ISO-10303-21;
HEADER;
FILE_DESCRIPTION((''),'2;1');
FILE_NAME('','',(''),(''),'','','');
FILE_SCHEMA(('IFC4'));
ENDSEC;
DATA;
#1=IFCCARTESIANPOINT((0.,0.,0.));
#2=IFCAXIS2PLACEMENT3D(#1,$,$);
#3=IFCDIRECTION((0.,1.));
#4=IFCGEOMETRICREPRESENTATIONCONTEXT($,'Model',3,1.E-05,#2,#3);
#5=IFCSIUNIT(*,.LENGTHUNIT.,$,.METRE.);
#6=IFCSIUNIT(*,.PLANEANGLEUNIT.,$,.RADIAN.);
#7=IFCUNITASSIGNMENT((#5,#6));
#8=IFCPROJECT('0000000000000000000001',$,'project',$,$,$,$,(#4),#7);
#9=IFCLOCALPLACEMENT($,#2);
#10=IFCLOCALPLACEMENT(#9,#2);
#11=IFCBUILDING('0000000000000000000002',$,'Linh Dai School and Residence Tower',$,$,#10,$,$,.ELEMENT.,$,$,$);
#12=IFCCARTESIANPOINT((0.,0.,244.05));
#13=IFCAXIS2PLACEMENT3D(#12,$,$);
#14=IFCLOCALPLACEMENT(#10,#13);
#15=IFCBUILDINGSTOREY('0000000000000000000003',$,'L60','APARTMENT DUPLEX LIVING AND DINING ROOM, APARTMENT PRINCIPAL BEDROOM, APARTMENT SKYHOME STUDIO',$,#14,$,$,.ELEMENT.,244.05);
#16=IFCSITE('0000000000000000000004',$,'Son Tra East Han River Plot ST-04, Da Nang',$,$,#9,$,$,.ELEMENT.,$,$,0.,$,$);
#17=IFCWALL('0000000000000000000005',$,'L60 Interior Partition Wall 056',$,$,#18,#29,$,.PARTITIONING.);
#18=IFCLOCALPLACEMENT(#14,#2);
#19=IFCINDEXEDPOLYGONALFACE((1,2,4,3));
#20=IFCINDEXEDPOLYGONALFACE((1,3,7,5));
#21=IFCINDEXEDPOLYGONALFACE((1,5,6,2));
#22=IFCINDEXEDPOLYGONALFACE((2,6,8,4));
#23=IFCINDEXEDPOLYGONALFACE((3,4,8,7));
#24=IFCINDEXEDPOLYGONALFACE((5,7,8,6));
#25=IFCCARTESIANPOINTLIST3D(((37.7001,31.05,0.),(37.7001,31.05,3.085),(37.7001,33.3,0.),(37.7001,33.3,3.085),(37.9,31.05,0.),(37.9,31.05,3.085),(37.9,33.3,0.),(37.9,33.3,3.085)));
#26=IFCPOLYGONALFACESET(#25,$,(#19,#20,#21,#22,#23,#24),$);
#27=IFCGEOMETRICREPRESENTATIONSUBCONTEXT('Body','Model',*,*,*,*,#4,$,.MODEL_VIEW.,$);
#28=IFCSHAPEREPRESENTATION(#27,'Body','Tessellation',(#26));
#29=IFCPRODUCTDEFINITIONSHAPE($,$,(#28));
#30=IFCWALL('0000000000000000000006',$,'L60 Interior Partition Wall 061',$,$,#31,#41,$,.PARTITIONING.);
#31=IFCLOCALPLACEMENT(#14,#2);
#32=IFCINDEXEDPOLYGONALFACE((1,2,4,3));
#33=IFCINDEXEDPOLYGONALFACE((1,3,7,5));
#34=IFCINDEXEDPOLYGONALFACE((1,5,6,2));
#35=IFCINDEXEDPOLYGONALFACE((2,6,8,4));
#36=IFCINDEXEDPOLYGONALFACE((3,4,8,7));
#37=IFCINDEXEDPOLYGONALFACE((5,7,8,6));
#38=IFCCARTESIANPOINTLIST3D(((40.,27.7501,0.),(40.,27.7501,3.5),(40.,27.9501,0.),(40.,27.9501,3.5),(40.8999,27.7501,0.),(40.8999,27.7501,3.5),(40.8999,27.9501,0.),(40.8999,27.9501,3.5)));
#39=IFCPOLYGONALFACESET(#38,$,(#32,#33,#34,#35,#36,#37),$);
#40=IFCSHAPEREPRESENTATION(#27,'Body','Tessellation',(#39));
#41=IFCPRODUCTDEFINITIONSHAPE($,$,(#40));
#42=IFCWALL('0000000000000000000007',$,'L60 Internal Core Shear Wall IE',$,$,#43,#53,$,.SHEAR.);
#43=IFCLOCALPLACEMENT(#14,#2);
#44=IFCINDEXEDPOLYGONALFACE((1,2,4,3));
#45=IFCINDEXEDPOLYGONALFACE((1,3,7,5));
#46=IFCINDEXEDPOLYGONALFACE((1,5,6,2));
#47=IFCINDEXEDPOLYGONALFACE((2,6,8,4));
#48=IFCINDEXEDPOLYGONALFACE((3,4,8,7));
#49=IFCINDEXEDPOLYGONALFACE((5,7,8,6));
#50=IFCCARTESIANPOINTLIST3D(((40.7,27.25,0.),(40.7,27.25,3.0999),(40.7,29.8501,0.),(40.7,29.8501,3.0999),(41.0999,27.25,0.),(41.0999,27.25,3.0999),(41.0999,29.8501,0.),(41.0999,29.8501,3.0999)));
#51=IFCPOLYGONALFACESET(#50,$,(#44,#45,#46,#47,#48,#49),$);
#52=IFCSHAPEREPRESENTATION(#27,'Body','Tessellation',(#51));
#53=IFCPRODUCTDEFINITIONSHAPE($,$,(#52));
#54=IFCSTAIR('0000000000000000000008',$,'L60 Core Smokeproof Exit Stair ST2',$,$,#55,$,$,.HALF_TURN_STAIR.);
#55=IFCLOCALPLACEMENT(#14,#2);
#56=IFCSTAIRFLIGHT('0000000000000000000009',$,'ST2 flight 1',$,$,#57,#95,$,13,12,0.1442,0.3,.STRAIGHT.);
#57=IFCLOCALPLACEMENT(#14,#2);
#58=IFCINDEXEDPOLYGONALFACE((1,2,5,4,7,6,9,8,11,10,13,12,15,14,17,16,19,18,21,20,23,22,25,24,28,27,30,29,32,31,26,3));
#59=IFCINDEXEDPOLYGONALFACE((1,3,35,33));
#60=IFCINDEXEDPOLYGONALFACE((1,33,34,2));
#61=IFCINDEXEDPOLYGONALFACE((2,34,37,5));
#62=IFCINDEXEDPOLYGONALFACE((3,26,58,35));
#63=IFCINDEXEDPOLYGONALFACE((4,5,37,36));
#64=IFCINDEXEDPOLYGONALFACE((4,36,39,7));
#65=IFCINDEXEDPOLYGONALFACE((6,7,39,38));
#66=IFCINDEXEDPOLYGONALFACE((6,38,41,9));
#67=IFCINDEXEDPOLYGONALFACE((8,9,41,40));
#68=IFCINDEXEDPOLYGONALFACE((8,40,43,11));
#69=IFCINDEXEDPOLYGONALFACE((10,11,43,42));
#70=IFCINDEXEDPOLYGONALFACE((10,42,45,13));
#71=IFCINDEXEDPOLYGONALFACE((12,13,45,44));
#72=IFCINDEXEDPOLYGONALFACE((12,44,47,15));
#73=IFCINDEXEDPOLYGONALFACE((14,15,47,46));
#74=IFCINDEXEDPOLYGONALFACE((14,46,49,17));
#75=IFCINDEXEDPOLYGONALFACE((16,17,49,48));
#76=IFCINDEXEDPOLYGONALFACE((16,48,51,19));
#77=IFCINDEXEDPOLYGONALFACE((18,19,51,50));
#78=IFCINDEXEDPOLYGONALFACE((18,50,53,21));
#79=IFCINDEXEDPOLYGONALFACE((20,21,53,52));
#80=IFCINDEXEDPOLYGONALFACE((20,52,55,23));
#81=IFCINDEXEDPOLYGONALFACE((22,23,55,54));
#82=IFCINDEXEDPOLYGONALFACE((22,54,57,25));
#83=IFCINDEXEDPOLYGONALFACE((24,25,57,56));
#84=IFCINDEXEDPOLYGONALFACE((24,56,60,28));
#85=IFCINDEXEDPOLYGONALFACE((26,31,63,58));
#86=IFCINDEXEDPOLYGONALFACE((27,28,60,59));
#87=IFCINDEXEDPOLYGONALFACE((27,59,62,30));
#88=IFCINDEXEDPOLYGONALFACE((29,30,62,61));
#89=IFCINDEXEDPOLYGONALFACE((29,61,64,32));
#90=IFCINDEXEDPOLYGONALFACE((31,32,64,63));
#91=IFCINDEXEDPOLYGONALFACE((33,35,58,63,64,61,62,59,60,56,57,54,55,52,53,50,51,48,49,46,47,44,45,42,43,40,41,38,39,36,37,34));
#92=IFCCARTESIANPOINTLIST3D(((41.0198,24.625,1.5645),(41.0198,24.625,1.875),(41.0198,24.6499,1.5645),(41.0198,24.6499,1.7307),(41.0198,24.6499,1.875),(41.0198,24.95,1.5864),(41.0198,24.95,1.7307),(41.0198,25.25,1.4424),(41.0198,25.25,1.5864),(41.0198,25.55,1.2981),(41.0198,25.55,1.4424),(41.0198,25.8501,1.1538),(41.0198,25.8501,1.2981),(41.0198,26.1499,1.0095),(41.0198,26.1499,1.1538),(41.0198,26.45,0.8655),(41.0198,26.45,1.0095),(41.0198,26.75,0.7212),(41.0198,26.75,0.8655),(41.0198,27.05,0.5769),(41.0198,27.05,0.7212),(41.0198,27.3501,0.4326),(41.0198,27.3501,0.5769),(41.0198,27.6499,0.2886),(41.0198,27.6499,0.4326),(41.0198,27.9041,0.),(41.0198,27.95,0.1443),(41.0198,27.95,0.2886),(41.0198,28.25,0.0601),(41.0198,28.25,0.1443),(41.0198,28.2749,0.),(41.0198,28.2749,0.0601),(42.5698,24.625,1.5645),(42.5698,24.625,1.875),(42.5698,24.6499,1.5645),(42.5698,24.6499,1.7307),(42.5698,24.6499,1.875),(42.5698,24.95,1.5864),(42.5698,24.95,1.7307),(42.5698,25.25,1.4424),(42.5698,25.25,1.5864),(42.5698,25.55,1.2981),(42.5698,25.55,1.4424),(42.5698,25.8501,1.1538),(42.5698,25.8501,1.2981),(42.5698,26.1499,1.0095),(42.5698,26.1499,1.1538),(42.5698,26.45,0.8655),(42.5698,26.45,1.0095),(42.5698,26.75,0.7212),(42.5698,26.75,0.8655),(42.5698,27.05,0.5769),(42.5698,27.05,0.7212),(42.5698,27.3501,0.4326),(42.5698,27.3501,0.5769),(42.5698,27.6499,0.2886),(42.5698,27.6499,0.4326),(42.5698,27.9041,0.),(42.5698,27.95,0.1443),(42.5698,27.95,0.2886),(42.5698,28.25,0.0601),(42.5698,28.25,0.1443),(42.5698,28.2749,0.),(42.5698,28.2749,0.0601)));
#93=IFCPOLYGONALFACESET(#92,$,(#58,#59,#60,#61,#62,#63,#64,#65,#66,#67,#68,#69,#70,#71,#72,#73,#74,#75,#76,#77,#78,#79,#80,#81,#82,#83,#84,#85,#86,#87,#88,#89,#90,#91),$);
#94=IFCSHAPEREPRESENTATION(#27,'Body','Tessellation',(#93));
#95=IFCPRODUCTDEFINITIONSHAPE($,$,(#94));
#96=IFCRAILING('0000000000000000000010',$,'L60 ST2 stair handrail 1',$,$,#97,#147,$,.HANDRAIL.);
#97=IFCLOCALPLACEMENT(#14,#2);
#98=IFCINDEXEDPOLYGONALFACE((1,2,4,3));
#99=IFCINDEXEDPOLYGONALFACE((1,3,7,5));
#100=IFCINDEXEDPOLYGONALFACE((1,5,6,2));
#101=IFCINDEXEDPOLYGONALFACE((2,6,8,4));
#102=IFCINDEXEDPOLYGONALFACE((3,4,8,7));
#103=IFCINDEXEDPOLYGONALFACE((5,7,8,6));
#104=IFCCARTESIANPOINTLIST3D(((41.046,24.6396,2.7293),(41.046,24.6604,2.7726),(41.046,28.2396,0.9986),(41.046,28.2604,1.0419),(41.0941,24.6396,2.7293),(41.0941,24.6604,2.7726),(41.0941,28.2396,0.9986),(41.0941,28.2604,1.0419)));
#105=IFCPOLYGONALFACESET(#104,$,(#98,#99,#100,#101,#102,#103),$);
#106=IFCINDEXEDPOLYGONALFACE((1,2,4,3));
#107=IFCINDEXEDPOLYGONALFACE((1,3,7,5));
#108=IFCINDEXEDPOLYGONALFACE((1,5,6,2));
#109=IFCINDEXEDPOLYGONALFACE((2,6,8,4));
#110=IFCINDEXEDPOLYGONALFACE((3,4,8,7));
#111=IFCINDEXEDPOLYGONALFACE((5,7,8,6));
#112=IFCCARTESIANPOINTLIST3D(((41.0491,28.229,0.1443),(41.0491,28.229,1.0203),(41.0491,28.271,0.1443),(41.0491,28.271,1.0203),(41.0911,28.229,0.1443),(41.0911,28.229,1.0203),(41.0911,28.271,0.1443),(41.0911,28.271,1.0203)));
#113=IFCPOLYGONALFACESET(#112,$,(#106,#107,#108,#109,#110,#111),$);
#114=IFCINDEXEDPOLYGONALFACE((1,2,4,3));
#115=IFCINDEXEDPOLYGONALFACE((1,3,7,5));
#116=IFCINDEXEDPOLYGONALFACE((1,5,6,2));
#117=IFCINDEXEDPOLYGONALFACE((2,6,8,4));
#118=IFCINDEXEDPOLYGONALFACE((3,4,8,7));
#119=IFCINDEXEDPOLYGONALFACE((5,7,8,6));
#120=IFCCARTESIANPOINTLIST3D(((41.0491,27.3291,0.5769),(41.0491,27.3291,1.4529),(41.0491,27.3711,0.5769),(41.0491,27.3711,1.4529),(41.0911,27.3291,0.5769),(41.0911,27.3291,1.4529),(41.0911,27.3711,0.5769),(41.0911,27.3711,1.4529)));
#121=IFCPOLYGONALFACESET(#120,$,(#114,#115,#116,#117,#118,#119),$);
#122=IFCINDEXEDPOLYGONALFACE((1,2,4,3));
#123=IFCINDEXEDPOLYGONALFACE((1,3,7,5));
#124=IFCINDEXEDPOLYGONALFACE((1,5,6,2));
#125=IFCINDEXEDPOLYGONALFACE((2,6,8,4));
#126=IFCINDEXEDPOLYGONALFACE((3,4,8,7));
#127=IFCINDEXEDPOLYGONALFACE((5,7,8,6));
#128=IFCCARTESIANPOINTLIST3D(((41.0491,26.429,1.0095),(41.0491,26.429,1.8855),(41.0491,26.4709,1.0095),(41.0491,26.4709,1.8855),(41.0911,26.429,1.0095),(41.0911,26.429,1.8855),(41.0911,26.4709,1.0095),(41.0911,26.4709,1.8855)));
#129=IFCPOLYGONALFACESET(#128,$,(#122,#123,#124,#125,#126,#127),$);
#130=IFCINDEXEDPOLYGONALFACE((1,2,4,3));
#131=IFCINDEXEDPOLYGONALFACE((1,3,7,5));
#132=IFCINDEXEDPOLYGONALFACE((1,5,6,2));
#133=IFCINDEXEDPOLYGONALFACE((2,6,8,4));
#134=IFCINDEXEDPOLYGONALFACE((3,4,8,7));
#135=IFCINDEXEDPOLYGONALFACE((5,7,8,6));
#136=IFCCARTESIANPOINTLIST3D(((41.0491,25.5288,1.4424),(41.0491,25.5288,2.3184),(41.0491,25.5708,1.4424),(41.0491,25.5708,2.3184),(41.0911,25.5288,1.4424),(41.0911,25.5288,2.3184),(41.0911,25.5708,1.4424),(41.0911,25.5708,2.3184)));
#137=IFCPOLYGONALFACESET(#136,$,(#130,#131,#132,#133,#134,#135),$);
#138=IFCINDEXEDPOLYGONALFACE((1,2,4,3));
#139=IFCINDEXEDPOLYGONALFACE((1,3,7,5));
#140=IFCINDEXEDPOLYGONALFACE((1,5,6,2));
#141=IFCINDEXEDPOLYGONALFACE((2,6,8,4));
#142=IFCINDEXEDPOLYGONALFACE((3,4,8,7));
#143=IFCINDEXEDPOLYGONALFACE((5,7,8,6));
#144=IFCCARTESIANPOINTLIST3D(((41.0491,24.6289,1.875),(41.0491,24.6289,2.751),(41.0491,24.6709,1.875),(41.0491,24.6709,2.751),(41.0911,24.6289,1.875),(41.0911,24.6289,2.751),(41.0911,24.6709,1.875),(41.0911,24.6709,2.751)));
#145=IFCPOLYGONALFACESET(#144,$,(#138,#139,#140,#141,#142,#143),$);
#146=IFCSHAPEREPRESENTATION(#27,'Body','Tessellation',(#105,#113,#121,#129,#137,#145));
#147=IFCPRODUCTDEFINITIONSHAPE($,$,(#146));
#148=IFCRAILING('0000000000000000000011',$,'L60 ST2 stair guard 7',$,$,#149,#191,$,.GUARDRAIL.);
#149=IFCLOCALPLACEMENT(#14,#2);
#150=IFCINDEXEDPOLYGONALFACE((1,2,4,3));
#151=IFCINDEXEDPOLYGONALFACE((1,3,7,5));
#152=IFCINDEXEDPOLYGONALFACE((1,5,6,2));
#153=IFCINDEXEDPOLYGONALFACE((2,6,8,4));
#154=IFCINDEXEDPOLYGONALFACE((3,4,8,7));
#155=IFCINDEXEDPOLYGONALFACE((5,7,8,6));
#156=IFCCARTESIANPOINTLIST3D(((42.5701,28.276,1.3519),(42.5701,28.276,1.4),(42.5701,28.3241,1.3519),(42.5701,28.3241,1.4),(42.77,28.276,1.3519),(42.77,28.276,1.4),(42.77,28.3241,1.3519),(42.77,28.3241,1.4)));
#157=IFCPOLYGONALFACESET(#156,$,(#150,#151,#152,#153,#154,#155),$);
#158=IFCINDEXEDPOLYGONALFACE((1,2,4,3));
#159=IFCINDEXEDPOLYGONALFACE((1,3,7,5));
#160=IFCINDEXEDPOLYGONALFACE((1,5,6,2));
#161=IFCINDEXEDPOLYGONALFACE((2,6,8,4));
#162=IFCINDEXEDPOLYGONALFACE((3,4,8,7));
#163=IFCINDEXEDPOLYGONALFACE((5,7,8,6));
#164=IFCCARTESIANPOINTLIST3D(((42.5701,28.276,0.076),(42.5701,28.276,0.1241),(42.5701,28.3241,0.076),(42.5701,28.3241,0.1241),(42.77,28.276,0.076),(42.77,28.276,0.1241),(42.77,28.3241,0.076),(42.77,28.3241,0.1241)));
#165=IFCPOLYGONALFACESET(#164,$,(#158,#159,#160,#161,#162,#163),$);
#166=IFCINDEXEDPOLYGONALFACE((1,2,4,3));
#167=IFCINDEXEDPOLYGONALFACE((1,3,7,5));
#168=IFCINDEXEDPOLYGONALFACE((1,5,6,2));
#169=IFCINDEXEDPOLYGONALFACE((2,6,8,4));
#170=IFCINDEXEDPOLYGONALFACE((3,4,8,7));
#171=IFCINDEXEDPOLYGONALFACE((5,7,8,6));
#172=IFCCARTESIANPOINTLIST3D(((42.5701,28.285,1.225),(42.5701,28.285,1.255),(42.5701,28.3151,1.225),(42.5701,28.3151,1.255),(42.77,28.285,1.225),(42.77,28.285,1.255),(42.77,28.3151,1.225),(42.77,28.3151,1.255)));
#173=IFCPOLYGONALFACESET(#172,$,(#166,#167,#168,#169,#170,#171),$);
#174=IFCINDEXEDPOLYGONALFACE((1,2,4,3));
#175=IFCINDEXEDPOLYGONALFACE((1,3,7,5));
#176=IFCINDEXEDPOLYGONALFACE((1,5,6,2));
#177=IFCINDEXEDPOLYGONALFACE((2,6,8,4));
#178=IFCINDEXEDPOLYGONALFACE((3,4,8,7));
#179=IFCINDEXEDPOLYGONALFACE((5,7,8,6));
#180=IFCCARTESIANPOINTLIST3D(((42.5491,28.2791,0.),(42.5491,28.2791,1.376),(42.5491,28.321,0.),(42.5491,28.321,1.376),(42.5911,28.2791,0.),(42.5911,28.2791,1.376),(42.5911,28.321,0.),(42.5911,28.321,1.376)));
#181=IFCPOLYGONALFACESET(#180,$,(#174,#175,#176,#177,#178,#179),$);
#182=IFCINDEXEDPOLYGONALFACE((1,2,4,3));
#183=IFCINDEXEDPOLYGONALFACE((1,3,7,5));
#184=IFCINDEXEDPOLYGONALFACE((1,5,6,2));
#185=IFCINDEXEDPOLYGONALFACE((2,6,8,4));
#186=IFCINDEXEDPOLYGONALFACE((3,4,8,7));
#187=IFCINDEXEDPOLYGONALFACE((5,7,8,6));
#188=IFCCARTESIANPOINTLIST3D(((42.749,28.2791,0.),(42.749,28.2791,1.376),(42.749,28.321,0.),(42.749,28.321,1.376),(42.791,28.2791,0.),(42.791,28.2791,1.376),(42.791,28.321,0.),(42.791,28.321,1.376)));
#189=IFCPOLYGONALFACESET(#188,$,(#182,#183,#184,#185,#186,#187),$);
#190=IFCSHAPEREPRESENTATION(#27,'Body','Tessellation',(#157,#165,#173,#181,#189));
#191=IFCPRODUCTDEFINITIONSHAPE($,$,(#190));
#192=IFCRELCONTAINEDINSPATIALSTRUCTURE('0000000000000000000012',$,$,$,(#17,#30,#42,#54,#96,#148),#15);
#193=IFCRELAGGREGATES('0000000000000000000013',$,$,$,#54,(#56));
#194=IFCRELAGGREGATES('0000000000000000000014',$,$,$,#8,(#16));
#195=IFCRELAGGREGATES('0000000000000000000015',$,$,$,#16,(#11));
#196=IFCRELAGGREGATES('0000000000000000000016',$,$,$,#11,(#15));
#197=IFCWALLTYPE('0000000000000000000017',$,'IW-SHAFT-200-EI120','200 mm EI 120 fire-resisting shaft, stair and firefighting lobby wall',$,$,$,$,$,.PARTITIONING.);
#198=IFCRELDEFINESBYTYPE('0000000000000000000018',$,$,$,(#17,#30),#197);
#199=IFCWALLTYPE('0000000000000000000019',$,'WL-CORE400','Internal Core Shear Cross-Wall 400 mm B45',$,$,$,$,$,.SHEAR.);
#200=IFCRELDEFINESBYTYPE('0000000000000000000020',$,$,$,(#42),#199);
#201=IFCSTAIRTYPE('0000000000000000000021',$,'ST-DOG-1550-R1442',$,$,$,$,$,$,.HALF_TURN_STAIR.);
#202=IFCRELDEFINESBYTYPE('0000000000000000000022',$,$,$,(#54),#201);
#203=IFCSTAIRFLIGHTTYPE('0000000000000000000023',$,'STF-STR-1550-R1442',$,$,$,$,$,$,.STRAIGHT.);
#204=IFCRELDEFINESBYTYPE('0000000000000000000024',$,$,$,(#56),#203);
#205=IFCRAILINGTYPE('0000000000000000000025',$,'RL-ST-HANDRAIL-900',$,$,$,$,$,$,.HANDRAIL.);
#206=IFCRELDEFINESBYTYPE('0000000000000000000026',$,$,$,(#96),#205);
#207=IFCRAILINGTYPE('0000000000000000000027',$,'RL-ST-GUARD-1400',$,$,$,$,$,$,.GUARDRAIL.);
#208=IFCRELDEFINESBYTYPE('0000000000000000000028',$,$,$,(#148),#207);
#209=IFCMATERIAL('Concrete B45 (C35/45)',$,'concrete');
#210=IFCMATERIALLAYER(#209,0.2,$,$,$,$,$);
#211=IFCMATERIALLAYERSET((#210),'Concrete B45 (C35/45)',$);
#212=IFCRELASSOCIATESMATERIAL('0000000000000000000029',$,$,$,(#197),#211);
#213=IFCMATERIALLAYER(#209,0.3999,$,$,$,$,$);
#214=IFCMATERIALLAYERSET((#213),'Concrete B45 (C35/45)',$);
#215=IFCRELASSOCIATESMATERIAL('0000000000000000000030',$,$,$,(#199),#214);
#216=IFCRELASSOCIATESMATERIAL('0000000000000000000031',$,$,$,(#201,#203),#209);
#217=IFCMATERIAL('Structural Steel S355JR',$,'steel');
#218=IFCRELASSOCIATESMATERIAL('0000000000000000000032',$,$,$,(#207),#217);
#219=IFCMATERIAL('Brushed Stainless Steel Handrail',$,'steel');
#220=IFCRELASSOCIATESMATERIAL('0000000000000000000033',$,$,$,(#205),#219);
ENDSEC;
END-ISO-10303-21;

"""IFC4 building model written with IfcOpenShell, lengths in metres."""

from ifc_helpers import new_model, si_unit, direction, frame, frame_2d, origin, origin_2d, place, context, subcontext, project, spatial, polyline, rectangle, outline, extrude, source, transform, mapped, material, layer, layer_set, type_object, element, aggregate, save


model = new_model("IFC4")

# Units and contexts
model_context = context("Model", 3, precision=1e-05, world=origin(), true_north=direction((0.0, 1.0)))
body_context = subcontext(model_context, "Body", "Model", "MODEL_VIEW")
ifc_project = project(units=[si_unit("LENGTHUNIT", "METRE"), si_unit("PLANEANGLEUNIT", "RADIAN")], contexts=[model_context])

# Site, building, storey
site_placement = place(None, origin())
site = spatial("IfcSite", under=ifc_project, at=site_placement, Name="Son Tra East Han River Plot ST-04, Da Nang", CompositionType="ELEMENT", RefElevation=0.0)
building_placement = place(site_placement, origin())
building = spatial("IfcBuilding", under=site, at=building_placement, Name="Linh Dai School and Residence Tower", CompositionType="ELEMENT")
storey_placement = place(building_placement, frame((0.0, 0.0, 244.05)))
storey = spatial("IfcBuildingStorey", under=building, at=storey_placement, Name="L60", Description="APARTMENT DUPLEX LIVING AND DINING ROOM, APARTMENT PRINCIPAL BEDROOM, APARTMENT SKYHOME STUDIO", CompositionType="ELEMENT", Elevation=244.05)

# Shared definitions
ifc_material_1 = material(Name="Structural Steel S355JR", Category="steel")

# Shared definitions
ifc_material_2 = material(Name="Concrete B45 (C35/45)", Category="concrete")
ifc_layer_1 = layer(ifc_material_2, 0.2)
ifc_layer_set_1 = layer_set([ifc_layer_1], Name="Concrete B45 (C35/45)")
wall_type_1 = type_object("IfcWallType", Name="IW-SHAFT-200-EI120", Description="200 mm EI 120 fire-resisting shaft, stair and firefighting lobby wall", PredefinedType="PARTITIONING", material=ifc_layer_set_1)

# Walls
wall_1_placement = place(storey_placement, frame((37.8, 31.05, 0.0), z_axis=(0.0, 0.0, 1.0), x_axis=(0.0, 1.0, 0.0)))
element("IfcWall", 1, at=wall_1_placement, inside=storey, type_object=wall_type_1, Name="L60 Interior Partition Wall 056", PredefinedType="PARTITIONING", context=body_context, shape_type="SweptSolid", body=[
    extrude(rectangle(XDim=2.25, YDim=0.2, at=frame_2d((1.125, 0.0))), origin(), (0.0, 0.0, 1.0), 3.085),
])
wall_2_placement = place(storey_placement, frame((40.0, 27.8501, 0.0), z_axis=(0.0, 0.0, 1.0), x_axis=(1.0, 0.0, 0.0)))
element("IfcWall", 2, at=wall_2_placement, inside=storey, type_object=wall_type_1, Name="L60 Interior Partition Wall 061", PredefinedType="PARTITIONING", context=body_context, shape_type="SweptSolid", body=[
    extrude(rectangle(XDim=0.8999, YDim=0.2, at=frame_2d((0.45, 0.0))), origin(), (0.0, 0.0, 1.0), 3.5),
])
ifc_layer_2 = layer(ifc_material_2, 0.3999)
ifc_layer_set_2 = layer_set([ifc_layer_2], Name="Concrete B45 (C35/45)")
wall_type_2 = type_object("IfcWallType", Name="WL-CORE400", Description="Internal Core Shear Cross-Wall 400 mm B45", PredefinedType="SHEAR", material=ifc_layer_set_2)
wall_3_placement = place(storey_placement, frame((40.8999, 27.25, 0.0), z_axis=(0.0, 0.0, 1.0), x_axis=(0.0, 1.0, 0.0)))
element("IfcWall", 3, at=wall_3_placement, inside=storey, type_object=wall_type_2, Name="L60 Internal Core Shear Wall IE", PredefinedType="SHEAR", context=body_context, shape_type="SweptSolid", body=[
    extrude(rectangle(XDim=2.6001, YDim=0.3999, at=frame_2d((1.3, 0.0))), origin(), (0.0, 0.0, 1.0), 3.0999),
])

# Stair, stair flight
stair_type = type_object("IfcStairType", Name="ST-DOG-1550-R1442", PredefinedType="HALF_TURN_STAIR", material=ifc_material_2)
stair_placement = place(storey_placement, origin())
stair = element("IfcStair", 4, at=stair_placement, inside=storey, type_object=stair_type, Name="L60 Core Smokeproof Exit Stair ST2", PredefinedType="HALF_TURN_STAIR")
stair_flight_type = type_object("IfcStairFlightType", Name="STF-STR-1550-R1442", PredefinedType="STRAIGHT", material=ifc_material_2)
shared_shape_1 = source(origin(), body_context, "Body", "SweptSolid", [
    extrude(outline(polyline([(-0.0249, 0.0), (-0.0249, 0.0601), (0.0, 0.0601), (0.0, 0.1443), (0.3, 0.1443), (0.3, 0.2886), (0.6001, 0.2886), (0.6001, 0.4326), (0.8999, 0.4326), (0.8999, 0.5769), (1.2, 0.5769), (1.2, 0.7212), (1.5, 0.7212), (1.5, 0.8655), (1.8, 0.8655), (1.8, 1.0095), (2.1001, 1.0095), (2.1001, 1.1538), (2.3999, 1.1538), (2.3999, 1.2981), (2.7, 1.2981), (2.7, 1.4424), (3.0, 1.4424), (3.0, 1.5864), (3.3, 1.5864), (3.3, 1.7307), (3.6001, 1.7307), (3.6001, 1.875), (3.625, 1.875), (3.625, 1.5645), (3.6001, 1.5645), (0.3459, 0.0), (-0.0249, 0.0)])), frame((0.0, 0.7749, 0.0), z_axis=(0.0, -1.0, 0.0), x_axis=(1.0, 0.0, 0.0)), (0.0, 0.0, 1.0), 1.55),
])
stair_flight_placement = place(storey_placement, frame((41.7949, 28.25, 0.0), z_axis=(0.0, 0.0, 1.0), x_axis=(0.0, -1.0, 0.0)))
stair_flight = element("IfcStairFlight", 5, at=stair_flight_placement, type_object=stair_flight_type, Name="ST2 flight 1", NumberOfRisers=13, NumberOfTreads=12, PredefinedType="STRAIGHT", RiserHeight=0.1442, TreadLength=0.3, context=body_context, shape_type="MappedRepresentation", body=[
    mapped(shared_shape_1, transform((0.0, 0.0, 0.0), x_axis=(1.0, 0.0, 0.0), y_axis=(0.0, 1.0, 0.0), z_axis=(0.0, 0.0, 1.0), scale=1.0)),
])
aggregate(stair, [stair_flight])

# Railings
railing_type_1 = type_object("IfcRailingType", Name="RL-ST-GUARD-1400", PredefinedType="GUARDRAIL", material=ifc_material_1)
ifc_material_3 = material(Name="Brushed Stainless Steel Handrail", Category="steel")
railing_type_2 = type_object("IfcRailingType", Name="RL-ST-HANDRAIL-900", PredefinedType="HANDRAIL", material=ifc_material_3)
shared_shape_2 = source(origin(), body_context, "Body", "SweptSolid", [
    extrude(rectangle(XDim=0.0481, YDim=0.0481, at=origin_2d()), frame((0.0, 0.0, 0.876), z_axis=(0.0, -0.901263, 0.433273), x_axis=(1.0, 0.0, 0.0)), (0.0, 0.0, 1.0), 3.9944),
    extrude(rectangle(XDim=0.042, YDim=0.042, at=origin_2d()), origin(), (0.0, 0.0, 1.0), 0.876),
    extrude(rectangle(XDim=0.042, YDim=0.042, at=origin_2d()), frame((0.0, -0.8999, 0.4326)), (0.0, 0.0, 1.0), 0.876),
    extrude(rectangle(XDim=0.042, YDim=0.042, at=origin_2d()), frame((0.0, -1.8, 0.8652)), (0.0, 0.0, 1.0), 0.876),
    extrude(rectangle(XDim=0.042, YDim=0.042, at=origin_2d()), frame((0.0, -2.7002, 1.2981)), (0.0, 0.0, 1.0), 0.876),
    extrude(rectangle(XDim=0.042, YDim=0.042, at=origin_2d()), frame((0.0, -3.6001, 1.7307)), (0.0, 0.0, 1.0), 0.876),
])
railing_1_placement = place(storey_placement, frame((41.0701, 28.25, 0.1443)))
element("IfcRailing", 6, at=railing_1_placement, inside=storey, type_object=railing_type_2, Name="L60 ST2 stair handrail 1", PredefinedType="HANDRAIL", context=body_context, shape_type="MappedRepresentation", body=[
    mapped(shared_shape_2, transform((0.0, 0.0, 0.0), x_axis=(1.0, 0.0, 0.0), y_axis=(0.0, 1.0, 0.0), z_axis=(0.0, 0.0, 1.0), scale=1.0)),
])
shared_shape_3 = source(origin(), body_context, "Body", "SweptSolid", [
    extrude(rectangle(XDim=0.0481, YDim=0.0481, at=origin_2d()), frame((0.0, 0.0, 1.376), z_axis=(1.0, 0.0, 0.0), x_axis=(0.0, 1.0, 0.0)), (0.0, 0.0, 1.0), 0.2),
    extrude(rectangle(XDim=0.0481, YDim=0.0481, at=origin_2d()), frame((0.0, 0.0, 0.1001), z_axis=(1.0, 0.0, 0.0), x_axis=(0.0, 1.0, 0.0)), (0.0, 0.0, 1.0), 0.2),
    extrude(rectangle(XDim=0.03, YDim=0.03, at=origin_2d()), frame((0.0, 0.0, 1.24), z_axis=(1.0, 0.0, 0.0), x_axis=(0.0, 1.0, 0.0)), (0.0, 0.0, 1.0), 0.2),
    extrude(rectangle(XDim=0.042, YDim=0.042, at=origin_2d()), origin(), (0.0, 0.0, 1.0), 1.376),
    extrude(rectangle(XDim=0.042, YDim=0.042, at=origin_2d()), frame((0.2, 0.0, 0.0)), (0.0, 0.0, 1.0), 1.376),
])
railing_2_placement = place(storey_placement, frame((42.5701, 28.3, 0.0)))
element("IfcRailing", 7, at=railing_2_placement, inside=storey, type_object=railing_type_1, Name="L60 ST2 stair guard 7", PredefinedType="GUARDRAIL", context=body_context, shape_type="MappedRepresentation", body=[
    mapped(shared_shape_3, transform((0.0, 0.0, 0.0), x_axis=(1.0, 0.0, 0.0), y_axis=(0.0, 1.0, 0.0), z_axis=(0.0, 0.0, 1.0), scale=1.0)),
])

save(model, "model.ifc")
